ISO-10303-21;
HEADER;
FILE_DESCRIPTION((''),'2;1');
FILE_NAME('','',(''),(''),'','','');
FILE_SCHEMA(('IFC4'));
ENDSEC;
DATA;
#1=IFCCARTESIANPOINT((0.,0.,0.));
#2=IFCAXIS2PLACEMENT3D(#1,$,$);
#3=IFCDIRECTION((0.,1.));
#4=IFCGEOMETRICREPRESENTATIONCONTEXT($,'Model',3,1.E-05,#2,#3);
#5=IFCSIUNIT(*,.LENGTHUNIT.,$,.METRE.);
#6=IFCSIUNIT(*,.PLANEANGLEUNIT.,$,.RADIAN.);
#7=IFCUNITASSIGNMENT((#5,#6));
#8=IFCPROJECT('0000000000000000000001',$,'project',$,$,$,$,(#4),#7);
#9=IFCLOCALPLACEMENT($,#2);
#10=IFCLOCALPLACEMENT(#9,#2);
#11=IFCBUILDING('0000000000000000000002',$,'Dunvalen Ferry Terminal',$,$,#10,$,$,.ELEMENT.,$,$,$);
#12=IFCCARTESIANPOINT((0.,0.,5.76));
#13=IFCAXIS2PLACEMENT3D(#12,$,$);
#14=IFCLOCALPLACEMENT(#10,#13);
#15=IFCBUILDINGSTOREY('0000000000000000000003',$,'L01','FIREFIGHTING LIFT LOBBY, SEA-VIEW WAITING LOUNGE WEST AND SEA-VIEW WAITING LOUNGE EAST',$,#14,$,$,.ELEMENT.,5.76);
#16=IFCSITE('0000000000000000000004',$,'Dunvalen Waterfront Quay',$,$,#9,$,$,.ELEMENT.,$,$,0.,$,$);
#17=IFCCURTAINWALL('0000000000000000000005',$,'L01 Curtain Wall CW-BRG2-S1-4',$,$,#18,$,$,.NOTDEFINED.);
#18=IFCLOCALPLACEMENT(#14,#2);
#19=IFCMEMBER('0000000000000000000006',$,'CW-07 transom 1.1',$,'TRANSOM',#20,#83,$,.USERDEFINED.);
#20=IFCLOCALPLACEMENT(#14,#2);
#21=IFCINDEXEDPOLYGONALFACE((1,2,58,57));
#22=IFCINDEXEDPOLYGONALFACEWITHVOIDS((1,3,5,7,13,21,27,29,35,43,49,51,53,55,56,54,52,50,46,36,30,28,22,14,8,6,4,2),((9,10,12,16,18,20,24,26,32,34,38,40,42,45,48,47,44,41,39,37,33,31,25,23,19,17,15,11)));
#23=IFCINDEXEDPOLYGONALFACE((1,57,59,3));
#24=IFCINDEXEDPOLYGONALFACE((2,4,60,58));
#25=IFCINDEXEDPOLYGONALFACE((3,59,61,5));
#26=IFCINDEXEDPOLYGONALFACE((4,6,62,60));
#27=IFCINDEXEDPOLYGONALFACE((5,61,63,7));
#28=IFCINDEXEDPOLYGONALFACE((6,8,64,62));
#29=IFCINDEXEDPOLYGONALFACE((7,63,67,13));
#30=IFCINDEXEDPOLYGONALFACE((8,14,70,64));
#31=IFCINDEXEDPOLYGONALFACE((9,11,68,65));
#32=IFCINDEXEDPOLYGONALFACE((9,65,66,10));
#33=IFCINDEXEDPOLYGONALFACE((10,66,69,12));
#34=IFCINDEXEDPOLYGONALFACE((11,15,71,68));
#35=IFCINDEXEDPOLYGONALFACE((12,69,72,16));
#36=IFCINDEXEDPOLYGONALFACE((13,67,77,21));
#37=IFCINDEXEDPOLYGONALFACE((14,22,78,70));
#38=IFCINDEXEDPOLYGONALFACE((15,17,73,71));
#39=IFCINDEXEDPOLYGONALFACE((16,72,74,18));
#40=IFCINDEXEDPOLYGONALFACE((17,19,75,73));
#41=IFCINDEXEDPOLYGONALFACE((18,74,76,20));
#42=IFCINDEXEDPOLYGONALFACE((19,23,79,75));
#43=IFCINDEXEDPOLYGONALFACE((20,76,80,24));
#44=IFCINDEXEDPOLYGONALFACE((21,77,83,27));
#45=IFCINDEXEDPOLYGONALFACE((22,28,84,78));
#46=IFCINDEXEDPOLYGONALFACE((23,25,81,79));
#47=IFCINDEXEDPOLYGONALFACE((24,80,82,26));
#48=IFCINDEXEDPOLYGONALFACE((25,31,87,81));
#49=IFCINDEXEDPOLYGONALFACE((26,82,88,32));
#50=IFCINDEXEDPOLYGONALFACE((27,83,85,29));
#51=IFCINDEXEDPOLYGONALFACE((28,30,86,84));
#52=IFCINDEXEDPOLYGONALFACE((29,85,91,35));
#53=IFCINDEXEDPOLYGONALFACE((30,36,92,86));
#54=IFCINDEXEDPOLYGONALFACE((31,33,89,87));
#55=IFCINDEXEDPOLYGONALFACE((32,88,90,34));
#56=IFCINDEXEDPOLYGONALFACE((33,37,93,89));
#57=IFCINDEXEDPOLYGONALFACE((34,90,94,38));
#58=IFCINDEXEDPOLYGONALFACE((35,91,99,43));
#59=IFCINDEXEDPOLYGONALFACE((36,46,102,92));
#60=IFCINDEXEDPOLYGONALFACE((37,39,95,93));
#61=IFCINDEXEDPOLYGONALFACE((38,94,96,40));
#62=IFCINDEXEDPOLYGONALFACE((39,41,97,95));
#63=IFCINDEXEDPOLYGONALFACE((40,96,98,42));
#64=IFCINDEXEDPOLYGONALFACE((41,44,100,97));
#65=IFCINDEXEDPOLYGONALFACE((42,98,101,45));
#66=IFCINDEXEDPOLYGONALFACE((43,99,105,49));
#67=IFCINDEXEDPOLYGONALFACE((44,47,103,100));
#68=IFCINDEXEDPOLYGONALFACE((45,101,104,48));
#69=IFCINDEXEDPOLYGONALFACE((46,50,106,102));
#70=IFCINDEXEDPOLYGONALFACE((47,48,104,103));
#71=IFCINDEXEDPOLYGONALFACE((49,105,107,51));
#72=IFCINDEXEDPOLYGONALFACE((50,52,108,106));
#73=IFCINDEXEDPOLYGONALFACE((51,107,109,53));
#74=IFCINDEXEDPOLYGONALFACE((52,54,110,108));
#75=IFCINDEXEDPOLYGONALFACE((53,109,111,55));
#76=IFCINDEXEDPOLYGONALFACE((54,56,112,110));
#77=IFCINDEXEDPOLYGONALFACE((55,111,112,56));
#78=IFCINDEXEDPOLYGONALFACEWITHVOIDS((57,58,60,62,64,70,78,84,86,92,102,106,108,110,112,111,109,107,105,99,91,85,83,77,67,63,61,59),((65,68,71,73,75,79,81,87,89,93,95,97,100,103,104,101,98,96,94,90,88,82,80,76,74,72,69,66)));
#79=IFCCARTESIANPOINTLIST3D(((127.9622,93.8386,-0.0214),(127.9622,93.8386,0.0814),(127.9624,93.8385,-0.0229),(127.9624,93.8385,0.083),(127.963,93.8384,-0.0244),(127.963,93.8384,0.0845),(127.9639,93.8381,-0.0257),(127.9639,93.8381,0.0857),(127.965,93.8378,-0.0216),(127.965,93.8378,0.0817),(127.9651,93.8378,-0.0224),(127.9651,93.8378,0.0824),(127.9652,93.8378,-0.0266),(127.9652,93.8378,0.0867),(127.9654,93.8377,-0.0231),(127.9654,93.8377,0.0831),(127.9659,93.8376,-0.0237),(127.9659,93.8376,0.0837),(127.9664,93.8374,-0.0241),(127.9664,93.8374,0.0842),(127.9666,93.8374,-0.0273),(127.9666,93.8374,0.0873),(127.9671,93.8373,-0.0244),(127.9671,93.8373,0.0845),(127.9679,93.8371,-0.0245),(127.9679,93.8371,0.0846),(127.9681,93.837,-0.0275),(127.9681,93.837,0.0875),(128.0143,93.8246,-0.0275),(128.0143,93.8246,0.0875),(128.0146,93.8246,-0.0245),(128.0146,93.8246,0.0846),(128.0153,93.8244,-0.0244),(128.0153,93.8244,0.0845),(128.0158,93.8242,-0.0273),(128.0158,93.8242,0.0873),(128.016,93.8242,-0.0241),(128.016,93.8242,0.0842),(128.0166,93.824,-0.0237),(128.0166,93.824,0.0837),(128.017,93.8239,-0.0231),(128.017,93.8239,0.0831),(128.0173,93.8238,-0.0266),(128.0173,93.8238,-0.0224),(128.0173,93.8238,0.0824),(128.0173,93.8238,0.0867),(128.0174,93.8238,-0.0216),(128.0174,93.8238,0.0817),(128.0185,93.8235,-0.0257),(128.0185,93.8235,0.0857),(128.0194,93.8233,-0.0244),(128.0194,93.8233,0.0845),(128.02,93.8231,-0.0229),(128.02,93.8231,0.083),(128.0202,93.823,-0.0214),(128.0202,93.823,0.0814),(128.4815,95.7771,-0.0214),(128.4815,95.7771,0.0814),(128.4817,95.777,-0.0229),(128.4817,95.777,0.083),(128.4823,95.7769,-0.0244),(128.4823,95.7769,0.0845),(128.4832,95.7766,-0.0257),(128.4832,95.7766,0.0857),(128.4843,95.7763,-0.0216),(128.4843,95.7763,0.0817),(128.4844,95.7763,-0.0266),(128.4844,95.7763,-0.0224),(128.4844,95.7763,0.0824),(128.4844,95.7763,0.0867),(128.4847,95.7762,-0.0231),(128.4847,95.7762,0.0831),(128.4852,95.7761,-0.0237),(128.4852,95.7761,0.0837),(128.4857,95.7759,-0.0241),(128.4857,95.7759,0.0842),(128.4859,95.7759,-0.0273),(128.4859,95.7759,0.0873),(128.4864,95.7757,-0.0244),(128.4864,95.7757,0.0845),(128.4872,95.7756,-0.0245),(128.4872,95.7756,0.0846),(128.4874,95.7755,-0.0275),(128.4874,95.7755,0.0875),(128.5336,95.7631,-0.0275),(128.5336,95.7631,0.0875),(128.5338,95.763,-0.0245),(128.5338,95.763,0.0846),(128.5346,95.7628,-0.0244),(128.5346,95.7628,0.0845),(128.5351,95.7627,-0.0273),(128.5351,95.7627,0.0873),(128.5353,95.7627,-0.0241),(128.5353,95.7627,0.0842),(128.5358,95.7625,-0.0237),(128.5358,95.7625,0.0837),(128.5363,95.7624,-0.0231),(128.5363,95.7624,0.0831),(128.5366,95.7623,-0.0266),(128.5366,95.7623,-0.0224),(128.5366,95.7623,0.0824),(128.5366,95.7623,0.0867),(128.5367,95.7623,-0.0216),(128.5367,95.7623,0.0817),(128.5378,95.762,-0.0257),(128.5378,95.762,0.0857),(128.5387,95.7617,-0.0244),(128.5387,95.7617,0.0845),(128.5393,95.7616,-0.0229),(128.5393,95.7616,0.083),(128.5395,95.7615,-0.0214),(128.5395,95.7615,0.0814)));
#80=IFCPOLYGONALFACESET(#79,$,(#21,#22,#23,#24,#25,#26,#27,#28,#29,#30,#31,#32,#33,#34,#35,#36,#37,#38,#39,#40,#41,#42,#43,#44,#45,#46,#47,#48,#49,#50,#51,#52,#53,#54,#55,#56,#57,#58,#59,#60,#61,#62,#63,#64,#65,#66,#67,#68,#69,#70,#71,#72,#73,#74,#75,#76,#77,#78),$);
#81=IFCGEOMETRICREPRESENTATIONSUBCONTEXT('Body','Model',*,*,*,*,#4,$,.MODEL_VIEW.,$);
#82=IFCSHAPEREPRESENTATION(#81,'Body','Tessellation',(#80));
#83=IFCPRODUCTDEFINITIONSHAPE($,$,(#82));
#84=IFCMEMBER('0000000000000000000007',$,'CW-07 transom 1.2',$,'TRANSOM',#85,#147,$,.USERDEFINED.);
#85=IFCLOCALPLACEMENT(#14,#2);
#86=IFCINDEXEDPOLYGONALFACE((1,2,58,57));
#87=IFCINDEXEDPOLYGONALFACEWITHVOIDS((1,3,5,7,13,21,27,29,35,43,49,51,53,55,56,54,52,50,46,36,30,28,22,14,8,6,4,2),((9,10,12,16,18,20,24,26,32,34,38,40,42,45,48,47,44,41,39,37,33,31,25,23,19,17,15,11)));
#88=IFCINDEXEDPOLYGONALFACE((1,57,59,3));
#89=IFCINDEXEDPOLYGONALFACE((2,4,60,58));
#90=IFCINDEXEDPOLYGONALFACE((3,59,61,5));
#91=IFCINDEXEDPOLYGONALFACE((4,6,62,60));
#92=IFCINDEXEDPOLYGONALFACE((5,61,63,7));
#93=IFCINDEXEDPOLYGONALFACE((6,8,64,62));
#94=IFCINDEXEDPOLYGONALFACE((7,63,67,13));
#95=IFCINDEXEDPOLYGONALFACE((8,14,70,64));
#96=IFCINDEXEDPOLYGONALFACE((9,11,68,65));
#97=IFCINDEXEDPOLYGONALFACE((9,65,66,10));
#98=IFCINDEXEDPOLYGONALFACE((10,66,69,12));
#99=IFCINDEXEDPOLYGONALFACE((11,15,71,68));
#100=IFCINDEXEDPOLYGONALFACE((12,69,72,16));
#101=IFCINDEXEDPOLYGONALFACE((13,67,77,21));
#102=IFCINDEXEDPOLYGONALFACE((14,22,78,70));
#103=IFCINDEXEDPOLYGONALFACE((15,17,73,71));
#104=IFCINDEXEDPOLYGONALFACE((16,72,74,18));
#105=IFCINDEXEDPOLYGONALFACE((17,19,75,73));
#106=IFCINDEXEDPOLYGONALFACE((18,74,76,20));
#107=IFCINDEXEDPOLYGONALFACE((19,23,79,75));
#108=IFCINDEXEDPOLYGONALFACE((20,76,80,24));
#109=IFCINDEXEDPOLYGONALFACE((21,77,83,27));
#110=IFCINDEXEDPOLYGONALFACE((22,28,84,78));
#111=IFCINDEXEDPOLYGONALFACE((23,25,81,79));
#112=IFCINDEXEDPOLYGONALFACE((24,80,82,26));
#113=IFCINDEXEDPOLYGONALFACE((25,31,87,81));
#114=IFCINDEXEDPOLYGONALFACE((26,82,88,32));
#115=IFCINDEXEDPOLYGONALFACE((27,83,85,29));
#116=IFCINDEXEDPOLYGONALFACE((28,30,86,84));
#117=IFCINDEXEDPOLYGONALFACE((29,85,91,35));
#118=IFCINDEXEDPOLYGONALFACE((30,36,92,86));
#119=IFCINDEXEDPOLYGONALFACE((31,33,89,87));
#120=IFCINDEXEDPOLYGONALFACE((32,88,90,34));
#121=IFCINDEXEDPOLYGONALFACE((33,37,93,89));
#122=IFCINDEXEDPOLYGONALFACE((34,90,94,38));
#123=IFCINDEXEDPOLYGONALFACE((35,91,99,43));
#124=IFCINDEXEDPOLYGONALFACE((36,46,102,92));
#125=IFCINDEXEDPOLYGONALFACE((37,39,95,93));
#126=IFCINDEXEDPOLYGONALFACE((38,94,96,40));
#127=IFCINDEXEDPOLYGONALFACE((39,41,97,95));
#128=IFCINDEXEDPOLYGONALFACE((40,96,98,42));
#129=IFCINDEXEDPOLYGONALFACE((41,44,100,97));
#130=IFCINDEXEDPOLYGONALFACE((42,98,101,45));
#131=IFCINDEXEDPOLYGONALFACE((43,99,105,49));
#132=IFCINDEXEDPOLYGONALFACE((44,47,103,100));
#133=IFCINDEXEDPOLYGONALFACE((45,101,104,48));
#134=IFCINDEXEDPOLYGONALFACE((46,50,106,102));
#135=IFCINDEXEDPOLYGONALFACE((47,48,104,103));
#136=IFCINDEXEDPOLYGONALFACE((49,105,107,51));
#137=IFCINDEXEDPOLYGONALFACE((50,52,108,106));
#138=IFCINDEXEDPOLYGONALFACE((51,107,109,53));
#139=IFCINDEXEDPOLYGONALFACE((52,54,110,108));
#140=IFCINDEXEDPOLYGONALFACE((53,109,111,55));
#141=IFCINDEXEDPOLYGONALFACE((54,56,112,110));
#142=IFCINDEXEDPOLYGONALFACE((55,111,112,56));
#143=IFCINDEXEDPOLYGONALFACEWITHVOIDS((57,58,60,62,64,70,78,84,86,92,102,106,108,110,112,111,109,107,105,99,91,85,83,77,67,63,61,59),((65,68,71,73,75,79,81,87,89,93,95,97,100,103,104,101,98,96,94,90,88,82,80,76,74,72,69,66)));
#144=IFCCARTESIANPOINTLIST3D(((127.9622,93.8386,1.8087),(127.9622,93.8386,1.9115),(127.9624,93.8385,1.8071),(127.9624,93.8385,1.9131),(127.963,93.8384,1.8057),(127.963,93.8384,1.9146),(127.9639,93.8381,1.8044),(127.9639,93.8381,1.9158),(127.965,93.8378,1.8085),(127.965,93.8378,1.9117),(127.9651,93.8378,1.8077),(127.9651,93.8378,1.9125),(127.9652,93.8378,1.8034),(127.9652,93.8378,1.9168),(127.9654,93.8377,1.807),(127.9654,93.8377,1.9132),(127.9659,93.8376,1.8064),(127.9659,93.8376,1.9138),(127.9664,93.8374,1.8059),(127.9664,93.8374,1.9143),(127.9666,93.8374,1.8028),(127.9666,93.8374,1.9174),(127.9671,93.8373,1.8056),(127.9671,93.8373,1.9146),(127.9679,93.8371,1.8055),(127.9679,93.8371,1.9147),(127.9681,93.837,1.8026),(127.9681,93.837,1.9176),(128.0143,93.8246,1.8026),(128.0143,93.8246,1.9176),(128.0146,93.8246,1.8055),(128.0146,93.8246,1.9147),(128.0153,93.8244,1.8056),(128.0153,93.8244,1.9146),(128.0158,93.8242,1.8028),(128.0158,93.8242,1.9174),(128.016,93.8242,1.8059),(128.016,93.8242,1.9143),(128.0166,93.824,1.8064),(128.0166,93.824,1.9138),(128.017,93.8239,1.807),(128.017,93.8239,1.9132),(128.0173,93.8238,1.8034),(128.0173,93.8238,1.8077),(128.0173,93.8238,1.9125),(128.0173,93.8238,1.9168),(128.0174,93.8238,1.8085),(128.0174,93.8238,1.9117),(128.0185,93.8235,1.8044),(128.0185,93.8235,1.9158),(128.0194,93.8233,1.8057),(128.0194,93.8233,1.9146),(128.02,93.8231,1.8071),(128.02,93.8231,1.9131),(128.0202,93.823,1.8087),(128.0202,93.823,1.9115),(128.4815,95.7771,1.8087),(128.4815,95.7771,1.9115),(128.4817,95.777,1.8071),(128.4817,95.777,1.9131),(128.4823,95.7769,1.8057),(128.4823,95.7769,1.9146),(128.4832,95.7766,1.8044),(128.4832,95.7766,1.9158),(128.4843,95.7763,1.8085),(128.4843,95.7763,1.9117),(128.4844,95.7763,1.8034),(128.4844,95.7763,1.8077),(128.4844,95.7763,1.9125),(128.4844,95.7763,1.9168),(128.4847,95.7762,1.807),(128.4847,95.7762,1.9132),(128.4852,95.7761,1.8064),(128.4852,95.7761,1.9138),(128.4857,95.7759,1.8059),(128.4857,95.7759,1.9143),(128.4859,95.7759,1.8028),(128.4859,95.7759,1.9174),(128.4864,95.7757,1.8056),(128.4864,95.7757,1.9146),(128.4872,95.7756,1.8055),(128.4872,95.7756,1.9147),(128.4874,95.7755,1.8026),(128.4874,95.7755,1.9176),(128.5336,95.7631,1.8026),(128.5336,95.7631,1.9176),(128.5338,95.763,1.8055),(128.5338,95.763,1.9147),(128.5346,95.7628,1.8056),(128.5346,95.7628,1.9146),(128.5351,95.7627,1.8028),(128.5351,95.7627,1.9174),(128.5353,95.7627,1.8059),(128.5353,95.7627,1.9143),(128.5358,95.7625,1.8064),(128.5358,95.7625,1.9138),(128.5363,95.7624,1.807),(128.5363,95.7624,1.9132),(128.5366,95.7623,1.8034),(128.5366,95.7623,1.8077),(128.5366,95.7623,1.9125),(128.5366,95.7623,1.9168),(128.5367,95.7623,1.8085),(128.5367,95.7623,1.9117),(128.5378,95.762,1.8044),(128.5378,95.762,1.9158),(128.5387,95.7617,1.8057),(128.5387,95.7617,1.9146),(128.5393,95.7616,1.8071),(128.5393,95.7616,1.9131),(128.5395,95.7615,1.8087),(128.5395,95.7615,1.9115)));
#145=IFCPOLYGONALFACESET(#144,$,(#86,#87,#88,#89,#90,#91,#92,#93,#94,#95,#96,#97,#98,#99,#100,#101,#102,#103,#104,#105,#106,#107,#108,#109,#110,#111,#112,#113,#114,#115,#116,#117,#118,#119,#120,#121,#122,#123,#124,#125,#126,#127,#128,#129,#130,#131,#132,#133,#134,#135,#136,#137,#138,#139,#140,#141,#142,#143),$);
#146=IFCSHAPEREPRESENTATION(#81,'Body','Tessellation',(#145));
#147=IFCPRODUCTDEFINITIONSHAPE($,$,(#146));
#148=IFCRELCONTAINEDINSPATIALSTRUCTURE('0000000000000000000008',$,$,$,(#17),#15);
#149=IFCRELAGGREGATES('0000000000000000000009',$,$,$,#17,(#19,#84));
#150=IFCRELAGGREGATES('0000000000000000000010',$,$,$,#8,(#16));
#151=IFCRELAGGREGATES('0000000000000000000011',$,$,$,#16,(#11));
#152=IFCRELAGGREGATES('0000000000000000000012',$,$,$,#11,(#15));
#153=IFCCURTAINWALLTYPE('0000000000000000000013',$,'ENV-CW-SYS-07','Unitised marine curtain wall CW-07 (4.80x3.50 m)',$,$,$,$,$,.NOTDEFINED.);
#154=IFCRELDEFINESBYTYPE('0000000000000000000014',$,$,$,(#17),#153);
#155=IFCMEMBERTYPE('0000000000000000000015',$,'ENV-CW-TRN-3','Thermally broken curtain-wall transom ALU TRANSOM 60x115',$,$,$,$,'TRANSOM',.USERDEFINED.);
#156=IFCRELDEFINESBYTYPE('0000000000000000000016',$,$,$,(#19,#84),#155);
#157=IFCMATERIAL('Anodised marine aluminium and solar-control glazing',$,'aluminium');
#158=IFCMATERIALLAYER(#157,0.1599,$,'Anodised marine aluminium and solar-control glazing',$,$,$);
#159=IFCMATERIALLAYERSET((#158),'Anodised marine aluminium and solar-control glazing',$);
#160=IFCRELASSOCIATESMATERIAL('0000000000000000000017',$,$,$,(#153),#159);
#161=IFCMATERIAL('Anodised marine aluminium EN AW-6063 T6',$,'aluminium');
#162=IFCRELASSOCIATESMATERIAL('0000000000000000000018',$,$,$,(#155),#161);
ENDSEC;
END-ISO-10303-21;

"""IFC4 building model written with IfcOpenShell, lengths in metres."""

from ifc_helpers import new_model, si_unit, direction, frame, origin, origin_2d, place, context, subcontext, project, spatial, hollow_rectangle, extrude, material, layer, layer_set, material_profile, profile_set, type_object, element, aggregate, save


model = new_model("IFC4")

# Units and contexts
model_context = context("Model", 3, precision=1e-05, world=origin(), true_north=direction((0.0, 1.0)))
body_context = subcontext(model_context, "Body", "Model", "MODEL_VIEW")
ifc_project = project(units=[si_unit("LENGTHUNIT", "METRE"), si_unit("PLANEANGLEUNIT", "RADIAN")], contexts=[model_context])

# Site, building, storey
site_placement = place(None, origin())
site = spatial("IfcSite", under=ifc_project, at=site_placement, Name="Dunvalen Waterfront Quay", CompositionType="ELEMENT", RefElevation=0.0)
building_placement = place(site_placement, origin())
building = spatial("IfcBuilding", under=site, at=building_placement, Name="Dunvalen Ferry Terminal", CompositionType="ELEMENT")
storey_placement = place(building_placement, frame((0.0, 0.0, 5.76)))
storey = spatial("IfcBuildingStorey", under=building, at=storey_placement, Name="L01", Description="FIREFIGHTING LIFT LOBBY, SEA-VIEW WAITING LOUNGE WEST AND SEA-VIEW WAITING LOUNGE EAST", CompositionType="ELEMENT", Elevation=5.76)

# Shared definitions
ifc_material_1 = material(Name="Anodised marine aluminium and solar-control glazing", Category="aluminium")
ifc_layer_1 = layer(ifc_material_1, 0.1599, Name="Anodised marine aluminium and solar-control glazing")
ifc_layer_set_1 = layer_set([ifc_layer_1], Name="Anodised marine aluminium and solar-control glazing")
curtain_wall_type = type_object("IfcCurtainWallType", Name="ENV-CW-SYS-07", Description="Unitised marine curtain wall CW-07 (4.80x3.50 m)", PredefinedType="NOTDEFINED", material=ifc_layer_set_1)
ifc_material_2 = material(Name="Anodised marine aluminium EN AW-6063 T6", Category="aluminium")

# Curtain wall
curtain_wall_1_placement = place(storey_placement, origin())
curtain_wall_1 = element("IfcCurtainWall", 1, at=curtain_wall_1_placement, inside=storey, type_object=curtain_wall_type, Name="L01 Curtain Wall CW-BRG2-S1-4", PredefinedType="NOTDEFINED")

# Members
ifc_material_profile_1 = material_profile(ifc_material_2, hollow_rectangle(XDim=0.0601, YDim=0.115, WallThickness=0.0029, InnerFilletRadius=0.0029, OuterFilletRadius=0.0061, at=origin_2d()), Name="Anodised marine aluminium EN AW-6063 T6")
ifc_profile_set_1 = profile_set([ifc_material_profile_1], Name="Anodised marine aluminium EN AW-6063 T6")
member_type_1 = type_object("IfcMemberType", Name="ENV-CW-TRN-3", Description="Thermally broken curtain-wall transom ALU TRANSOM 60x115", ElementType="TRANSOM", PredefinedType="USERDEFINED", material=ifc_profile_set_1)
member_1_placement = place(storey_placement, frame((127.9912, 93.8308, 0.03), z_axis=(0.25876, 0.965942, 0.0), x_axis=(-0.965942, 0.25876, 0.0)))
member_1 = element("IfcMember", 2, at=member_1_placement, type_object=member_type_1, Name="CW-07 transom 1.1", ObjectType="TRANSOM", PredefinedType="USERDEFINED", context=body_context, shape_type="SweptSolid", body=[
    extrude(hollow_rectangle(XDim=0.0601, YDim=0.115, WallThickness=0.0029, InnerFilletRadius=0.0029, OuterFilletRadius=0.0061, at=origin_2d()), origin(), (0.0, 0.0, 1.0), 2.0068),
])
member_2_placement = place(storey_placement, frame((127.9912, 93.8308, 1.8601), z_axis=(0.25876, 0.965942, 0.0), x_axis=(-0.965942, 0.25876, 0.0)))
member_2 = element("IfcMember", 3, at=member_2_placement, type_object=member_type_1, Name="CW-07 transom 1.2", ObjectType="TRANSOM", PredefinedType="USERDEFINED", context=body_context, shape_type="SweptSolid", body=[
    extrude(hollow_rectangle(XDim=0.0601, YDim=0.115, WallThickness=0.0029, InnerFilletRadius=0.0029, OuterFilletRadius=0.0061, at=origin_2d()), origin(), (0.0, 0.0, 1.0), 2.0068),
])

aggregate(curtain_wall_1, [member_1, member_2])

save(model, "model.ifc")
